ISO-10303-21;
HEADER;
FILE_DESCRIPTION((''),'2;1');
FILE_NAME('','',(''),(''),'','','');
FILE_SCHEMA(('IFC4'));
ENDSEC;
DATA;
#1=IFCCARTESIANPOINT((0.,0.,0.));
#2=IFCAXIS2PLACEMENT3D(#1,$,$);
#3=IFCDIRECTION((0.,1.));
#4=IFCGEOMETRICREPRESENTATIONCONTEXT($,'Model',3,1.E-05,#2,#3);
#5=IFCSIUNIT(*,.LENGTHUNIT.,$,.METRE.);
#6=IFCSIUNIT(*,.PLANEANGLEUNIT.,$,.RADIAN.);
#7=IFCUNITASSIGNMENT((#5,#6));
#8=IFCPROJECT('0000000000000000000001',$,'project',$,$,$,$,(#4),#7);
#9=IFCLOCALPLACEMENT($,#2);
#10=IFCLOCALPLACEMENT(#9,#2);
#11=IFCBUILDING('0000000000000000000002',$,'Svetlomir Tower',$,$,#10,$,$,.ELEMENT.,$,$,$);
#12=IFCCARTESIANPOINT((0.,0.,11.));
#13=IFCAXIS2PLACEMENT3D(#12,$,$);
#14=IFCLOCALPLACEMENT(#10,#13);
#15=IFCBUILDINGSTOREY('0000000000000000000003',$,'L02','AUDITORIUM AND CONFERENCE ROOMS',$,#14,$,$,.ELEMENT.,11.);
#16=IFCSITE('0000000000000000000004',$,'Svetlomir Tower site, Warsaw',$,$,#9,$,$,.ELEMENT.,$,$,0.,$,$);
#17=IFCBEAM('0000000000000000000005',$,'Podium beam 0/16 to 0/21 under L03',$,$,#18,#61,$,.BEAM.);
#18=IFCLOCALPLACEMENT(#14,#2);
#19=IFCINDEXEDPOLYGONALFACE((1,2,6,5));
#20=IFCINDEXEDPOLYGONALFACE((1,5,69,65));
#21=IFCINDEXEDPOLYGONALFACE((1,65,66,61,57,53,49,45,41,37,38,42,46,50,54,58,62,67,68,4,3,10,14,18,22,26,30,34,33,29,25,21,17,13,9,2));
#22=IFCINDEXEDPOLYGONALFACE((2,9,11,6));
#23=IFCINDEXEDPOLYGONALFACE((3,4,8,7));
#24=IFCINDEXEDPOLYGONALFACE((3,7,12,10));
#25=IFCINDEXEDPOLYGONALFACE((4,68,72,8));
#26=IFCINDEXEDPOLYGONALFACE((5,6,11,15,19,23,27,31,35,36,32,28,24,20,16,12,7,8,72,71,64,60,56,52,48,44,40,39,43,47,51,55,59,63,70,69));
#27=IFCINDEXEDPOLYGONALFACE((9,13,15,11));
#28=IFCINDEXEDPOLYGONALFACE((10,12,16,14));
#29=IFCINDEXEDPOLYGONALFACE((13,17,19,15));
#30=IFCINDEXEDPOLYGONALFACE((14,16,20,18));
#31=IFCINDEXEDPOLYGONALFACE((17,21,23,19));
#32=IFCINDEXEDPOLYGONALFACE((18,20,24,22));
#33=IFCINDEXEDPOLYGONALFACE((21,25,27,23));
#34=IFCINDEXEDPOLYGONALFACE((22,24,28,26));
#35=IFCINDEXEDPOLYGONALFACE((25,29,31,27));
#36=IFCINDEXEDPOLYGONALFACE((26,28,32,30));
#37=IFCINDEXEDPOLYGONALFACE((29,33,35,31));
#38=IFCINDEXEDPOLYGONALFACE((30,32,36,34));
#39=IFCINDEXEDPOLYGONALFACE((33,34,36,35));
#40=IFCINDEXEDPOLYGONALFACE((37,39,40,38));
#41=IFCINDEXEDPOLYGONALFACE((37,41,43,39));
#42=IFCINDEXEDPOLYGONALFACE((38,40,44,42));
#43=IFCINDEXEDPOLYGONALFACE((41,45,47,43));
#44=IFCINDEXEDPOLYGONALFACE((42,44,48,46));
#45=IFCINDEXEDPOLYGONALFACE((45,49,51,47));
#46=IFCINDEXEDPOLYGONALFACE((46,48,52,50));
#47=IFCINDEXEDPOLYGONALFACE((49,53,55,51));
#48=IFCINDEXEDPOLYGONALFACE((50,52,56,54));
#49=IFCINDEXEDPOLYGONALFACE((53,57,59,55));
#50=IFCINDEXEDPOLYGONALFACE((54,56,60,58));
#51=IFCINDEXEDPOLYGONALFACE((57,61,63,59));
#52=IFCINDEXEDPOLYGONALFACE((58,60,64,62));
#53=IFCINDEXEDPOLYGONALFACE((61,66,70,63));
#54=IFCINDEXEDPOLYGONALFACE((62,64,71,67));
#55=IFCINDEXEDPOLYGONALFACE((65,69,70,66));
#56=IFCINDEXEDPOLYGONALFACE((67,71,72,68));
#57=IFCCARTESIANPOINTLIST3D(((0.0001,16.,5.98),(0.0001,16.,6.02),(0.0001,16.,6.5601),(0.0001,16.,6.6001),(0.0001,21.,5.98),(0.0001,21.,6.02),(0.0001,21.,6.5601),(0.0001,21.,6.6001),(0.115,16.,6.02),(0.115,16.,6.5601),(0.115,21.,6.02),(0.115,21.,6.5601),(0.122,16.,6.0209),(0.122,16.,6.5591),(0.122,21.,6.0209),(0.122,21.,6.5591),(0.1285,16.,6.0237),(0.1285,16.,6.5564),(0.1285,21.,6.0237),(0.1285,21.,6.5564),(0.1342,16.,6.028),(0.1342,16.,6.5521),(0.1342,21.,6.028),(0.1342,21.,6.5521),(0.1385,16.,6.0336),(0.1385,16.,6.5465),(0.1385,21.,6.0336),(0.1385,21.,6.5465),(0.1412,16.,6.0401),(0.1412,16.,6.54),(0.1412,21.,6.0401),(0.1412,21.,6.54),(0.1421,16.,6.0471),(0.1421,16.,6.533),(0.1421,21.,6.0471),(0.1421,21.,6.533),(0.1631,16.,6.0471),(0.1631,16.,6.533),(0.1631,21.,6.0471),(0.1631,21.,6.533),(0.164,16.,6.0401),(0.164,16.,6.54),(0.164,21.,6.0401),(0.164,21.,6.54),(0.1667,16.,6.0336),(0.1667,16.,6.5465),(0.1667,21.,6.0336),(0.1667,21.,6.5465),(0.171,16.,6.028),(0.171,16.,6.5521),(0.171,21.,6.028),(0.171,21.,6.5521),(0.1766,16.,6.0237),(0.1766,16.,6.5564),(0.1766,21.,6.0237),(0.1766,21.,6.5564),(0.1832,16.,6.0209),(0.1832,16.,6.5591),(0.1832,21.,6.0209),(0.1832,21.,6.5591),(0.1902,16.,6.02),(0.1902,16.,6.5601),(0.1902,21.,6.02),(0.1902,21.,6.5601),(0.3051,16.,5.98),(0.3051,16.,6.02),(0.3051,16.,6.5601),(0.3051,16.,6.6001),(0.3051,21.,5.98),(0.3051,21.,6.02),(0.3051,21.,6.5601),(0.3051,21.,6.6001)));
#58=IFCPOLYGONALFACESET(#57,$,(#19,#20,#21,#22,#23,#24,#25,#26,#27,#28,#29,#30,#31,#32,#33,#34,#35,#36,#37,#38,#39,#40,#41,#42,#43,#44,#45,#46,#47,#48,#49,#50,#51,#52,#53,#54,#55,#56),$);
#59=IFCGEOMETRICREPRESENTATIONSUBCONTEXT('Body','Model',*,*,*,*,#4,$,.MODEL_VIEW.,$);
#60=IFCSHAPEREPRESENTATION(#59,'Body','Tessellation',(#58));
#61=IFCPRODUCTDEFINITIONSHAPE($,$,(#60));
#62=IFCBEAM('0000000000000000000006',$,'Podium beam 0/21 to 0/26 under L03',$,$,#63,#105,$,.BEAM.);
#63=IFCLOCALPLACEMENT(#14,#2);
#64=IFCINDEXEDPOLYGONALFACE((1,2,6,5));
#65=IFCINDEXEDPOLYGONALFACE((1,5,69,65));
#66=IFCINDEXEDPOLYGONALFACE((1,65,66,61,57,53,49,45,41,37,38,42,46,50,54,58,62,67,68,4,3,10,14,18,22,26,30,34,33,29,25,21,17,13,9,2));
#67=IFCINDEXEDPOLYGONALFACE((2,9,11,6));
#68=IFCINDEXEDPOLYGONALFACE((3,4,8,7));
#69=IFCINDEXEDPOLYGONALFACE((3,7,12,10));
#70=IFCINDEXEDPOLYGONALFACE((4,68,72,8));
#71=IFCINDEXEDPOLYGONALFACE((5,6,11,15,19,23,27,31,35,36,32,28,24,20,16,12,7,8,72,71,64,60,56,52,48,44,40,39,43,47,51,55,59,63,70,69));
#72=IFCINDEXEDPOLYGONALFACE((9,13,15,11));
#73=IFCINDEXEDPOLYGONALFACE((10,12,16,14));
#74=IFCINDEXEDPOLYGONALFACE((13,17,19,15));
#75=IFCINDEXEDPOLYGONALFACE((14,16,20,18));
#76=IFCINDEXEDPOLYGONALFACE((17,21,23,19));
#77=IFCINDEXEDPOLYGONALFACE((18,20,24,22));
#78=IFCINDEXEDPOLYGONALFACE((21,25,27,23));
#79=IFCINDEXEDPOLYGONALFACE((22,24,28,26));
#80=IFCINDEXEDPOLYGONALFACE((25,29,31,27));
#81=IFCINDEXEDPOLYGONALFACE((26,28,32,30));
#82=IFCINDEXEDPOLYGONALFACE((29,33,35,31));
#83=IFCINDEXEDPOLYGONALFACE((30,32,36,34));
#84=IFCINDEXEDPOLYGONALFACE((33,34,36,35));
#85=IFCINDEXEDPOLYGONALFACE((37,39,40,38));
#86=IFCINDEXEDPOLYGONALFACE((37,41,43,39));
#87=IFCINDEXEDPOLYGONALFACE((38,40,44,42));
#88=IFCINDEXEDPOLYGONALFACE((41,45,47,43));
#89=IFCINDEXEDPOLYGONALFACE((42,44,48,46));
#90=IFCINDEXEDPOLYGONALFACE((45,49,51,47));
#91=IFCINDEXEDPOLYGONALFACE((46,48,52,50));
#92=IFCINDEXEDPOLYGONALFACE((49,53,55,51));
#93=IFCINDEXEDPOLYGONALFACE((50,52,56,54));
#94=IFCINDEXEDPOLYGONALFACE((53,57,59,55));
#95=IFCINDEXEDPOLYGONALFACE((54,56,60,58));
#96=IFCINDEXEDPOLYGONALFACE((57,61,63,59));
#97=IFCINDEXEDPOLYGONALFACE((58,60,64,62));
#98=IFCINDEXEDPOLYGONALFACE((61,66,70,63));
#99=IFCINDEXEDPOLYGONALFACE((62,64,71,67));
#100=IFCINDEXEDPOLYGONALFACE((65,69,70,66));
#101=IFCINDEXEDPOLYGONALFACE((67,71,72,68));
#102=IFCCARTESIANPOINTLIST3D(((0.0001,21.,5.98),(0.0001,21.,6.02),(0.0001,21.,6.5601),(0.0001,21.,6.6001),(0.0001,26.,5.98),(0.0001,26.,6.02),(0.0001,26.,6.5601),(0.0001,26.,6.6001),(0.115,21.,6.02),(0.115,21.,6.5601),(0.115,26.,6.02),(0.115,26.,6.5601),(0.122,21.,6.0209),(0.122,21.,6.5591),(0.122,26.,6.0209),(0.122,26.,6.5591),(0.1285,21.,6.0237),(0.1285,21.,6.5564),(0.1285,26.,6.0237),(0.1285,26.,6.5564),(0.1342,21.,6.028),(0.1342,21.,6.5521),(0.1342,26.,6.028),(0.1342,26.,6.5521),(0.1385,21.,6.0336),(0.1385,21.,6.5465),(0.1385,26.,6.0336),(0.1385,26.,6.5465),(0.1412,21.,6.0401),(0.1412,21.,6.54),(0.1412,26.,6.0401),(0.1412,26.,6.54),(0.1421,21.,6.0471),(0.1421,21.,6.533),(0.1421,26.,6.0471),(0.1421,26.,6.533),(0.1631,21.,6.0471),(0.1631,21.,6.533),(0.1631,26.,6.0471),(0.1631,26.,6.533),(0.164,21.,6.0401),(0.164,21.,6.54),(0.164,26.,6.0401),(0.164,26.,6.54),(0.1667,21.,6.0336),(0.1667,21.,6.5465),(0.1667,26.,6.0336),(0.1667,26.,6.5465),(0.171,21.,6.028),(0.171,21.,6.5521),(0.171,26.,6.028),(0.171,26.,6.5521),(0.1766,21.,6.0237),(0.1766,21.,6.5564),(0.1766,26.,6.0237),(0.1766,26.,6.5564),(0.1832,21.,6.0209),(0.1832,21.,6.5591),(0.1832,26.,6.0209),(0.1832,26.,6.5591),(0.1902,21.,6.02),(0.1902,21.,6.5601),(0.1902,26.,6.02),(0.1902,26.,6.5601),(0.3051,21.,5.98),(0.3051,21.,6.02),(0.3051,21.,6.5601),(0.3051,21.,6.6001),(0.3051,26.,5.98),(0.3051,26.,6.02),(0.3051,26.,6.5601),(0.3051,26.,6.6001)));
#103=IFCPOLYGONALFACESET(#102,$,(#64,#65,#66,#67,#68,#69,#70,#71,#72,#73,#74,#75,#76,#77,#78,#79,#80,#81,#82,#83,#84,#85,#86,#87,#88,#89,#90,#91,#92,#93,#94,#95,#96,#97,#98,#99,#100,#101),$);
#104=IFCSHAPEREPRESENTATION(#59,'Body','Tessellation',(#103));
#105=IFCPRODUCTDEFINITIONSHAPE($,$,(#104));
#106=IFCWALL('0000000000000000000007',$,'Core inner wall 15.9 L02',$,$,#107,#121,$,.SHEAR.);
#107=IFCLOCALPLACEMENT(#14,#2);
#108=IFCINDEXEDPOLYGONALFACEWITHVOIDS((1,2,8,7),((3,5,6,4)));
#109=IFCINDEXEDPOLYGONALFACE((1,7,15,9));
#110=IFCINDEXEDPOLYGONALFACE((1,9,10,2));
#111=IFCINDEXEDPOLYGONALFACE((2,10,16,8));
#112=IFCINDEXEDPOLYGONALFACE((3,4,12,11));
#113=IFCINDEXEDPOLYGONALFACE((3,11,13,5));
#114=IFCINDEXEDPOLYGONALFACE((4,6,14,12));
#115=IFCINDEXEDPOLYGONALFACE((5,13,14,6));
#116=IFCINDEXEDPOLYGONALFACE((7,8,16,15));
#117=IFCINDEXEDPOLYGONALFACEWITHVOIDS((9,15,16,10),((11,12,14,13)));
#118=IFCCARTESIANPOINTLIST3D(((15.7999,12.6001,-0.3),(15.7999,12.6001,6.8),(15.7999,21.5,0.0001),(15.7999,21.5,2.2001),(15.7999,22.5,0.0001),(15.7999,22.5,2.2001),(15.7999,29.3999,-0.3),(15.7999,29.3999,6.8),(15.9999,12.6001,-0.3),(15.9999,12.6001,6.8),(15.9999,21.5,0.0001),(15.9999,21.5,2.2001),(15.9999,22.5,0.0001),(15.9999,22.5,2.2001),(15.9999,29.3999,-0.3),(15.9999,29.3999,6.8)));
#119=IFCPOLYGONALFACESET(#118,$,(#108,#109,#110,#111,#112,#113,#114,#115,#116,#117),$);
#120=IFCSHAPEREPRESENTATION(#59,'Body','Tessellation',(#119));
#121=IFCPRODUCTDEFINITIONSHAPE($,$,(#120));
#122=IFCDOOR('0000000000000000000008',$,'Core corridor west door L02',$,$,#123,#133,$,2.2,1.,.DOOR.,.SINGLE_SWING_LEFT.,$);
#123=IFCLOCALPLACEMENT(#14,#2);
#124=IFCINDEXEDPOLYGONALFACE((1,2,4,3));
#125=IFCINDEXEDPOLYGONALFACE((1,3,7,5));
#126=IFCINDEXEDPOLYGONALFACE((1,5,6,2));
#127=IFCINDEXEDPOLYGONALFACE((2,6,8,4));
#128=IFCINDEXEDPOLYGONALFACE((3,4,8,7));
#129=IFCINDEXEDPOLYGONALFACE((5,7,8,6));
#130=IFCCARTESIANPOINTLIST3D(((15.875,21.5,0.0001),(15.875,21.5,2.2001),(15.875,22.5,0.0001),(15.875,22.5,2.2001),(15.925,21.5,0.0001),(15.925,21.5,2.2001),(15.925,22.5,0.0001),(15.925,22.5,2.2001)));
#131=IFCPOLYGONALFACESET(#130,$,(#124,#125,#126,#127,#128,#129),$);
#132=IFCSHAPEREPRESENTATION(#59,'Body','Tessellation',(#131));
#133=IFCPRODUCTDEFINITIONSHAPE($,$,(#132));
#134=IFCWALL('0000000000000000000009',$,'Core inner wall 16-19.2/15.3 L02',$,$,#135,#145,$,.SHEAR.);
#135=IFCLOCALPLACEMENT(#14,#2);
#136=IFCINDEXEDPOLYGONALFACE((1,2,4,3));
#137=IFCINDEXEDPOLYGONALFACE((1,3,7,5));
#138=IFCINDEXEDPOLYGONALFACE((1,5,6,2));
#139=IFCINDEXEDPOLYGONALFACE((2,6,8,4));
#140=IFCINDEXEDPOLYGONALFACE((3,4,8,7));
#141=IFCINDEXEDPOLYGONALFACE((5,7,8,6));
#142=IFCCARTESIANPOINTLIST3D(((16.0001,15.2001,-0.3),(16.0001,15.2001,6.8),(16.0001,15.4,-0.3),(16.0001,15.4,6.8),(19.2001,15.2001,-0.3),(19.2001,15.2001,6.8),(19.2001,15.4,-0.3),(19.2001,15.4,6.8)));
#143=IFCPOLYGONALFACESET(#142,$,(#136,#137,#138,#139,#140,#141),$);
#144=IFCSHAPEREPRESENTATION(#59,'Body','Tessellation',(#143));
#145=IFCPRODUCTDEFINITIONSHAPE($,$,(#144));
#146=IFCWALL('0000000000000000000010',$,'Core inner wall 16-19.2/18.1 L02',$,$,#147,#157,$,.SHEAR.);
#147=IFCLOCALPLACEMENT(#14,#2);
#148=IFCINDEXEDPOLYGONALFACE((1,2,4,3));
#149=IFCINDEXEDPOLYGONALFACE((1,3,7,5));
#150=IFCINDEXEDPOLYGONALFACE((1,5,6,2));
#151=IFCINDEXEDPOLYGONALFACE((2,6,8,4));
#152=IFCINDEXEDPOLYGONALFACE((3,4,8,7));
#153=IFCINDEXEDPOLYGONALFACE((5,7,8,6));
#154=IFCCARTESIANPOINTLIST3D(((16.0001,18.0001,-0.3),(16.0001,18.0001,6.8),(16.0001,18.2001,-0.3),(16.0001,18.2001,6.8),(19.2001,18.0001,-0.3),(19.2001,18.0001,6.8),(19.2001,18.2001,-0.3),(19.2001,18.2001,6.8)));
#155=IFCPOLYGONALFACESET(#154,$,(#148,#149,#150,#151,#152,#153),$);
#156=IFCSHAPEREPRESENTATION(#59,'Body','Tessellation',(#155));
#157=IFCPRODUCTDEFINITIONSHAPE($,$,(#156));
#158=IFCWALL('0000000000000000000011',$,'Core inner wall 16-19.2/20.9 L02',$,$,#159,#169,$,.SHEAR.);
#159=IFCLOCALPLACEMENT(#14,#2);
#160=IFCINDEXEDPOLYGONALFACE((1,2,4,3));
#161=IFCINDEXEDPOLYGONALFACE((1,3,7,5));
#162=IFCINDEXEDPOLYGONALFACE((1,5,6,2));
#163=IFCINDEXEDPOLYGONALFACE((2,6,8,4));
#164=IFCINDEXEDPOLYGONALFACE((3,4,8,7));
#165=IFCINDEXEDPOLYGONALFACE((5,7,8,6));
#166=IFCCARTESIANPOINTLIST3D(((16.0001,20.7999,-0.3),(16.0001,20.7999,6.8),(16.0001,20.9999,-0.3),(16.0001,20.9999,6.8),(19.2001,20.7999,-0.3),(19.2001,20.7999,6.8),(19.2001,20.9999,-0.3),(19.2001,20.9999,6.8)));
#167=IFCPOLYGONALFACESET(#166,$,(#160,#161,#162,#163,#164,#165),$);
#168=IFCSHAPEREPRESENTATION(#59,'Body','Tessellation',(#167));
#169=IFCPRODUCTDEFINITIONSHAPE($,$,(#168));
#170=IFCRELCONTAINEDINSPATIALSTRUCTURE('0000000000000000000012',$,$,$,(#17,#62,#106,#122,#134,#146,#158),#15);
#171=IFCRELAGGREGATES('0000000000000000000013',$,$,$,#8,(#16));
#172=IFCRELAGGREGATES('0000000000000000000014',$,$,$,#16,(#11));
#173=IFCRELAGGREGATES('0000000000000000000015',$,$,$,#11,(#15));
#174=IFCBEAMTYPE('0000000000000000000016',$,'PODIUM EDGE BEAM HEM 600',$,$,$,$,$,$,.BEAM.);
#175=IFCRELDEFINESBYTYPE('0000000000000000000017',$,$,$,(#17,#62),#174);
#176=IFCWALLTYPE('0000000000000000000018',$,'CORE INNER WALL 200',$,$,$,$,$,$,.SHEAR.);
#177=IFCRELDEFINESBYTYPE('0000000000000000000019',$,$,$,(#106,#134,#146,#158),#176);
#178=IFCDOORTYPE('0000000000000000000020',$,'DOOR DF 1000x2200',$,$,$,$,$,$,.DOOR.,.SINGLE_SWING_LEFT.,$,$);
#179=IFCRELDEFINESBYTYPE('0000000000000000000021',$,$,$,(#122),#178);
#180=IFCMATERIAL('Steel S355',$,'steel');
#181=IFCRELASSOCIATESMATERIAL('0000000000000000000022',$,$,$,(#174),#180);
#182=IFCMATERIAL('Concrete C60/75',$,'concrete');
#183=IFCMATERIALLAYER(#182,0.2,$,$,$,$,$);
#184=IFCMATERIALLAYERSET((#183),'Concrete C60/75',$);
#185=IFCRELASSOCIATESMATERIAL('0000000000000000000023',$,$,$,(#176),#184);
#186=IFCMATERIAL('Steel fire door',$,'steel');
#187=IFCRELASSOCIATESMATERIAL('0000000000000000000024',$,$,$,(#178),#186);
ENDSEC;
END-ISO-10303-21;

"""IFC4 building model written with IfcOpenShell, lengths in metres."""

from ifc_helpers import new_model, si_unit, direction, frame, frame_2d, origin, origin_2d, place, context, subcontext, project, spatial, rectangle, i_section, extrude, material, layer, layer_set, material_profile, profile_set, type_object, element, fill, save


model = new_model("IFC4")

# Units and contexts
model_context = context("Model", 3, precision=1e-05, world=origin(), true_north=direction((0.0, 1.0)))
body_context = subcontext(model_context, "Body", "Model", "MODEL_VIEW")
ifc_project = project(units=[si_unit("LENGTHUNIT", "METRE"), si_unit("PLANEANGLEUNIT", "RADIAN")], contexts=[model_context])

# Site, building, storey
site_placement = place(None, origin())
site = spatial("IfcSite", under=ifc_project, at=site_placement, Name="Svetlomir Tower site, Warsaw", CompositionType="ELEMENT", RefElevation=0.0)
building_placement = place(site_placement, origin())
building = spatial("IfcBuilding", under=site, at=building_placement, Name="Svetlomir Tower", CompositionType="ELEMENT")
storey_placement = place(building_placement, frame((0.0, 0.0, 11.0)))
storey = spatial("IfcBuildingStorey", under=building, at=storey_placement, Name="L02", Description="AUDITORIUM AND CONFERENCE ROOMS", CompositionType="ELEMENT", Elevation=11.0)

# Beams
ifc_material_1 = material(Name="Steel S355", Category="steel")
ifc_material_profile_1 = material_profile(ifc_material_1, i_section(OverallWidth=0.3049, OverallDepth=0.6201, WebThickness=0.021, FlangeThickness=0.04, FilletRadius=0.0271, at=origin_2d()), Name="HEM 600")
ifc_profile_set_1 = profile_set([ifc_material_profile_1], Name="Steel S355")
beam_type_1 = type_object("IfcBeamType", Name="PODIUM EDGE BEAM HEM 600", PredefinedType="BEAM", material=ifc_profile_set_1)
for number, where, z_axis, x_axis, name in (
    (1, (0.1526, 16.0, 6.29), (0.0, 1.0, 0.0), (-1.0, 0.0, 0.0), "Podium beam 0/16 to 0/21 under L03"),
    (2, (0.1526, 21.0, 6.29), (0.0, 1.0, 0.0), (-1.0, 0.0, 0.0), "Podium beam 0/21 to 0/26 under L03"),
):
    element("IfcBeam", number, at=place(storey_placement, frame(where, z_axis=z_axis, x_axis=x_axis)), inside=storey, type_object=beam_type_1, Name=name, PredefinedType="BEAM", context=body_context, shape_type="SweptSolid", body=[
        extrude(i_section(OverallWidth=0.3049, OverallDepth=0.6201, WebThickness=0.021, FlangeThickness=0.04, FilletRadius=0.0271, at=origin_2d()), origin(), (0.0, 0.0, 1.0), 5.0),
    ])

# Wall, opening, door
ifc_material_2 = material(Name="Concrete C60/75", Category="concrete")
ifc_layer_1 = layer(ifc_material_2, 0.2)
ifc_layer_set_1 = layer_set([ifc_layer_1], Name="Concrete C60/75")
wall_type_1 = type_object("IfcWallType", Name="CORE INNER WALL 200", PredefinedType="SHEAR", material=ifc_layer_set_1)
wall_1_placement = place(storey_placement, frame((15.8999, 12.6001, -0.3), z_axis=(0.0, 0.0, 1.0), x_axis=(0.0, 1.0, 0.0)))
wall_1 = element("IfcWall", 3, at=wall_1_placement, inside=storey, type_object=wall_type_1, Name="Core inner wall 15.9 L02", PredefinedType="SHEAR", context=body_context, shape_type="SweptSolid", body=[
    extrude(rectangle(XDim=16.7998, YDim=0.2, at=frame_2d((8.3999, 0.0))), origin(), (0.0, 0.0, 1.0), 7.1001),
])
opening_1_placement = place(wall_1_placement, frame((8.8999, 0.0, 0.3)))
opening_1 = element("IfcOpeningElement", 4, at=opening_1_placement, cuts=wall_1, PredefinedType="OPENING", context=body_context, shape_type="SweptSolid", body=[
    extrude(rectangle(XDim=1.0, YDim=2.2, at=frame_2d((0.5, 1.1001))), frame((0.0, 0.1099, 0.0), z_axis=(0.0, -1.0, 0.0), x_axis=(1.0, 0.0, 0.0)), (0.0, 0.0, 1.0), 0.22),
])
ifc_material_3 = material(Name="Steel fire door", Category="steel")
door_type = type_object("IfcDoorType", Name="DOOR DF 1000x2200", OperationType="SINGLE_SWING_LEFT", PredefinedType="DOOR", material=ifc_material_3)
door_1_placement = place(opening_1_placement, origin())
door_1 = element("IfcDoor", 5, at=door_1_placement, inside=storey, type_object=door_type, Name="Core corridor west door L02", OperationType="SINGLE_SWING_LEFT", OverallHeight=2.2, OverallWidth=1.0, PredefinedType="DOOR", context=body_context, shape_type="SweptSolid", body=[
    extrude(rectangle(XDim=1.0, YDim=2.2, at=frame_2d((0.5, 1.1001))), frame((0.0, 0.0249, 0.0), z_axis=(0.0, -1.0, 0.0), x_axis=(1.0, 0.0, 0.0)), (0.0, 0.0, 1.0), 0.05),
])
fill(opening_1, door_1)

# Walls
for number, where, z_axis, x_axis, name in (
    (6, (16.0, 15.3, -0.3), (0.0, 0.0, 1.0), (1.0, 0.0, 0.0), "Core inner wall 16-19.2/15.3 L02"),
    (7, (16.0, 18.1001, -0.3), (0.0, 0.0, 1.0), (1.0, 0.0, 0.0), "Core inner wall 16-19.2/18.1 L02"),
    (8, (16.0, 20.8999, -0.3), (0.0, 0.0, 1.0), (1.0, 0.0, 0.0), "Core inner wall 16-19.2/20.9 L02"),
):
    element("IfcWall", number, at=place(storey_placement, frame(where, z_axis=z_axis, x_axis=x_axis)), inside=storey, type_object=wall_type_1, Name=name, PredefinedType="SHEAR", context=body_context, shape_type="SweptSolid", body=[
        extrude(rectangle(XDim=3.2, YDim=0.2, at=frame_2d((1.6001, 0.0))), origin(), (0.0, 0.0, 1.0), 7.1001),
    ])

save(model, "model.ifc")
